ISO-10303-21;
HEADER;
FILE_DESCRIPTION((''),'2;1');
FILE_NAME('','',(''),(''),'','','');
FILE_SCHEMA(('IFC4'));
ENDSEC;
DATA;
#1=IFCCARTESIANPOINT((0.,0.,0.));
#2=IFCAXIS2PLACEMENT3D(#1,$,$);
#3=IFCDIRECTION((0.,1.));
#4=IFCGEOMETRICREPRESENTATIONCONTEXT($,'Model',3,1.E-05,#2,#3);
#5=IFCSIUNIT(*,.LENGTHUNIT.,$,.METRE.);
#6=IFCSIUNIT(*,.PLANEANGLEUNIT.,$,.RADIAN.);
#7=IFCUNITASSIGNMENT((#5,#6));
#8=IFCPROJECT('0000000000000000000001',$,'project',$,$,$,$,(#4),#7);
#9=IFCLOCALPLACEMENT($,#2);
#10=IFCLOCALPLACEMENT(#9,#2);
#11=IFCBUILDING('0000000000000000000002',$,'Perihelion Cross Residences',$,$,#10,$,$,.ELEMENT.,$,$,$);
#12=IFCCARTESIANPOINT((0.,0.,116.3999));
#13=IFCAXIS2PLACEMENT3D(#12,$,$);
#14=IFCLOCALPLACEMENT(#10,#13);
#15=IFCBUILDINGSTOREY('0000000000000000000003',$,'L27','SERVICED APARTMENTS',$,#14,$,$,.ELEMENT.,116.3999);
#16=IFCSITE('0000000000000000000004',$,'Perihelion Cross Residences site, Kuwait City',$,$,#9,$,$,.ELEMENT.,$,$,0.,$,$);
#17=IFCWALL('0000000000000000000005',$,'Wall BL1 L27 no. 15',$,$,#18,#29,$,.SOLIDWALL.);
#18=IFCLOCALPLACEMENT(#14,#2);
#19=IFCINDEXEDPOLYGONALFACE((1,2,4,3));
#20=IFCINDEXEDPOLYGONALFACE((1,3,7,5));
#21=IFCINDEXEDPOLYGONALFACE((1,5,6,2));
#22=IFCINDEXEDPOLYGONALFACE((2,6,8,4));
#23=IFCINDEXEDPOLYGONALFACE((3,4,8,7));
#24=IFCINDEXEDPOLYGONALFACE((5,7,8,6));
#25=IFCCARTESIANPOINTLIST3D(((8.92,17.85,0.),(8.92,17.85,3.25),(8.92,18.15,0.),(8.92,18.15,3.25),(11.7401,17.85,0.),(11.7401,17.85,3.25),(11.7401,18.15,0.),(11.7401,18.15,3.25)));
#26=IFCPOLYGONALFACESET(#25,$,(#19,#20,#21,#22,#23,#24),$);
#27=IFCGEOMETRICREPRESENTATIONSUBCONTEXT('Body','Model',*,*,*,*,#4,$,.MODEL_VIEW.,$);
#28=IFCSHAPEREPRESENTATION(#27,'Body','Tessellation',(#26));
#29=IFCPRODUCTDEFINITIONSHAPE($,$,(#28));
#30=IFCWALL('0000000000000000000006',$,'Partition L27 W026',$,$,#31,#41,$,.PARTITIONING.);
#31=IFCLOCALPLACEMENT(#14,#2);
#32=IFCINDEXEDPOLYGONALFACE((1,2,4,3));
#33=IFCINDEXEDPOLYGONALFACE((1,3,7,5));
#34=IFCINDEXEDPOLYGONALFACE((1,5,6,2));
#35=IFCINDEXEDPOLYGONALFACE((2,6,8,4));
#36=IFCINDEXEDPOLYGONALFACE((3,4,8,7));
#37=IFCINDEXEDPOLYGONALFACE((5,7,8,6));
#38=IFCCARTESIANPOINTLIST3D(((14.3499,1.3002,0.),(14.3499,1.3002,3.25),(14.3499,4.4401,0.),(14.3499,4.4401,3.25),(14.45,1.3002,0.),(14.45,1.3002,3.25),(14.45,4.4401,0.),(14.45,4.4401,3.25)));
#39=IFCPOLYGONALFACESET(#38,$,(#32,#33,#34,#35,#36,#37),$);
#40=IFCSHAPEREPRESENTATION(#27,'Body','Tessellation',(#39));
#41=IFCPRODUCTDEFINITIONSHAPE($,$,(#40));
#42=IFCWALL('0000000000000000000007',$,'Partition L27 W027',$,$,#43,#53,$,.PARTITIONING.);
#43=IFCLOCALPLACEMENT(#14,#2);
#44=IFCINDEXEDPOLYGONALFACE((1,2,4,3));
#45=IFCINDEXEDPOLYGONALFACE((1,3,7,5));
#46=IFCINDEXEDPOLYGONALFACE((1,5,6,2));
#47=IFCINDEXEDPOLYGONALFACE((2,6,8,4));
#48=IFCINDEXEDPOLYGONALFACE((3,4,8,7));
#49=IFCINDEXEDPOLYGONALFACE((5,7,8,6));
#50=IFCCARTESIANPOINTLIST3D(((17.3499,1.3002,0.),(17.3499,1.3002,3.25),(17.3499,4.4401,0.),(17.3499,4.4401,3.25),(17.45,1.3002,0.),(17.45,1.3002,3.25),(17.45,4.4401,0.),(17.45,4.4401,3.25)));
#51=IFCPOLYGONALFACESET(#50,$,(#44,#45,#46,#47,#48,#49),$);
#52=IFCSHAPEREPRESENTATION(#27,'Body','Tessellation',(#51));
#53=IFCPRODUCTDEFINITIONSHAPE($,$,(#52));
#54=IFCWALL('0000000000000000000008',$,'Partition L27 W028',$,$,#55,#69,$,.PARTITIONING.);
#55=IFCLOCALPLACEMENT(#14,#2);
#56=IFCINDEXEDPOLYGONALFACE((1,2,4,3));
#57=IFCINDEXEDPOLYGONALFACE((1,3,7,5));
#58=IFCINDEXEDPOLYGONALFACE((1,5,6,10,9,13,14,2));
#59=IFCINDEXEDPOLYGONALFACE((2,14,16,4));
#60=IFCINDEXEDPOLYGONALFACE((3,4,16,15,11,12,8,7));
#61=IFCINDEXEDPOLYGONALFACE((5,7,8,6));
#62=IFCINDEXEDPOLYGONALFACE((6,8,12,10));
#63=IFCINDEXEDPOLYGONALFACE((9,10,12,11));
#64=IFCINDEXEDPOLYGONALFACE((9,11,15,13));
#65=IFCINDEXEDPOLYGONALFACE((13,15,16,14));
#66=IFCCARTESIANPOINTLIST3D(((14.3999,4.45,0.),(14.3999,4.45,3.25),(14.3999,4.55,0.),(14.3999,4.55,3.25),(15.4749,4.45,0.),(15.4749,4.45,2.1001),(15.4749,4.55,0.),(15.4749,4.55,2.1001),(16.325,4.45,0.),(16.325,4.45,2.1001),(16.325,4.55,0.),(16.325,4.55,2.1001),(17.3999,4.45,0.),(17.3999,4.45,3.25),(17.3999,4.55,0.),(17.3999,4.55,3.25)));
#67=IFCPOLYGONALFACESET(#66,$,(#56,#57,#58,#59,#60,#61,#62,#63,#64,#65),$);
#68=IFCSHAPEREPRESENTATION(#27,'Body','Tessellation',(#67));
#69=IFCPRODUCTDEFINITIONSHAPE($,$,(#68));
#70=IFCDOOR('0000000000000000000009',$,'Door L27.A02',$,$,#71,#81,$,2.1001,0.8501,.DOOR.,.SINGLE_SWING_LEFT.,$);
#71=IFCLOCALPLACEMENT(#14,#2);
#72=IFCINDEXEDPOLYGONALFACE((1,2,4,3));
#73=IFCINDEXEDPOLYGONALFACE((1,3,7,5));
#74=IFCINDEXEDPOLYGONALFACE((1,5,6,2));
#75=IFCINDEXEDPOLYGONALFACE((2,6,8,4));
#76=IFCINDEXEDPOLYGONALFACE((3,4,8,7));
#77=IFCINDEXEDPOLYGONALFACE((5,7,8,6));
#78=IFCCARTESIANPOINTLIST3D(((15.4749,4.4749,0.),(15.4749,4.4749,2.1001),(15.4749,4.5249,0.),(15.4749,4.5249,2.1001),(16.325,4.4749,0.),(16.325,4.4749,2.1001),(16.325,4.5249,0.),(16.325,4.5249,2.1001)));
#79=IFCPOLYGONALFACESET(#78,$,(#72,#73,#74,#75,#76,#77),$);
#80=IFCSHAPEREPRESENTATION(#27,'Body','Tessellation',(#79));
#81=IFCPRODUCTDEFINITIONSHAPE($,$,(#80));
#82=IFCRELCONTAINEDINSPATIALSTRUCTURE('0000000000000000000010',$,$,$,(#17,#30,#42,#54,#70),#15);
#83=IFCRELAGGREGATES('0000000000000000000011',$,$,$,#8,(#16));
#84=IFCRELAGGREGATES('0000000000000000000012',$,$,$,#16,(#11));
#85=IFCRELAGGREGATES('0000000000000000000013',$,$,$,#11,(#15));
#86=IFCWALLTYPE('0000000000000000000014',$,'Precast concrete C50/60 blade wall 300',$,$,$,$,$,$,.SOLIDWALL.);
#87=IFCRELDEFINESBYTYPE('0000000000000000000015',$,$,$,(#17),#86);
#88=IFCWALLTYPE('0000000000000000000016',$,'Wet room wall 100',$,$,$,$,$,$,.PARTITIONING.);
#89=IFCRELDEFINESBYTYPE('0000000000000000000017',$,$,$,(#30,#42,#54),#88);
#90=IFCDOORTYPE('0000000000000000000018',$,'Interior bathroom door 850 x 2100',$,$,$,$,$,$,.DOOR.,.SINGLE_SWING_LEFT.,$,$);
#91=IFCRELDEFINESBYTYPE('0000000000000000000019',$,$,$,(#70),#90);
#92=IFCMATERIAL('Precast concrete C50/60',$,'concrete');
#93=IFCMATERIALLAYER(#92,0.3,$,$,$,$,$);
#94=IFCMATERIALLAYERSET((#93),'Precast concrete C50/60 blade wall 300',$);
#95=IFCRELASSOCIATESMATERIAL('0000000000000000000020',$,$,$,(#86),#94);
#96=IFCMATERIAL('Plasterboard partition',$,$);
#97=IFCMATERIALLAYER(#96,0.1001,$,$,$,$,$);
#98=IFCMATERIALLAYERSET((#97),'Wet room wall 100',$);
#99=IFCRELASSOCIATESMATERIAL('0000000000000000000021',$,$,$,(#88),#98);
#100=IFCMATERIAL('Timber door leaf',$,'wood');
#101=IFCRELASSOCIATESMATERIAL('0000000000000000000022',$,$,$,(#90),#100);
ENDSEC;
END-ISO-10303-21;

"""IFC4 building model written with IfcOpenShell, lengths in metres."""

from ifc_helpers import new_model, si_unit, direction, frame, frame_2d, origin, place, context, subcontext, project, spatial, rectangle, extrude, material, layer, layer_set, type_object, element, fill, save


model = new_model("IFC4")

# Units and contexts
model_context = context("Model", 3, precision=1e-05, world=origin(), true_north=direction((0.0, 1.0)))
body_context = subcontext(model_context, "Body", "Model", "MODEL_VIEW")
ifc_project = project(units=[si_unit("LENGTHUNIT", "METRE"), si_unit("PLANEANGLEUNIT", "RADIAN")], contexts=[model_context])

# Site, building, storey
site_placement = place(None, origin())
site = spatial("IfcSite", under=ifc_project, at=site_placement, Name="Perihelion Cross Residences site, Kuwait City", CompositionType="ELEMENT", RefElevation=0.0)
building_placement = place(site_placement, origin())
building = spatial("IfcBuilding", under=site, at=building_placement, Name="Perihelion Cross Residences", CompositionType="ELEMENT")
storey_placement = place(building_placement, frame((0.0, 0.0, 116.3999)))
storey = spatial("IfcBuildingStorey", under=building, at=storey_placement, Name="L27", Description="SERVICED APARTMENTS", CompositionType="ELEMENT", Elevation=116.3999)

# Walls
ifc_material_1 = material(Name="Precast concrete C50/60", Category="concrete")
ifc_layer_1 = layer(ifc_material_1, 0.3)
ifc_layer_set_1 = layer_set([ifc_layer_1], Name="Precast concrete C50/60 blade wall 300")
wall_type_1 = type_object("IfcWallType", Name="Precast concrete C50/60 blade wall 300", PredefinedType="SOLIDWALL", material=ifc_layer_set_1)
wall_1_placement = place(storey_placement, frame((8.9199, 18.0, 0.0), z_axis=(0.0, 0.0, 1.0), x_axis=(1.0, 0.0, 0.0)))
element("IfcWall", 1, at=wall_1_placement, inside=storey, type_object=wall_type_1, Name="Wall BL1 L27 no. 15", PredefinedType="SOLIDWALL", context=body_context, shape_type="SweptSolid", body=[
    extrude(rectangle(XDim=2.8201, YDim=0.3, at=frame_2d((1.4102, 0.0))), origin(), (0.0, 0.0, 1.0), 3.25),
])
ifc_material_2 = material(Name="Plasterboard partition")
ifc_layer_2 = layer(ifc_material_2, 0.1001)
ifc_layer_set_2 = layer_set([ifc_layer_2], Name="Wet room wall 100")
wall_type_2 = type_object("IfcWallType", Name="Wet room wall 100", PredefinedType="PARTITIONING", material=ifc_layer_set_2)
for number, where, z_axis, x_axis, name in (
    (2, (14.3999, 4.4399, 0.0), (0.0, 0.0, 1.0), (0.0, -1.0, 0.0), "Partition L27 W026"),
    (3, (17.3999, 4.4399, 0.0), (0.0, 0.0, 1.0), (0.0, -1.0, 0.0), "Partition L27 W027"),
):
    element("IfcWall", number, at=place(storey_placement, frame(where, z_axis=z_axis, x_axis=x_axis)), inside=storey, type_object=wall_type_2, Name=name, PredefinedType="PARTITIONING", context=body_context, shape_type="SweptSolid", body=[
        extrude(rectangle(XDim=3.1399, YDim=0.1001, at=frame_2d((1.5698, 0.0))), origin(), (0.0, 0.0, 1.0), 3.25),
    ])

# Wall, opening, door
wall_2_placement = place(storey_placement, frame((14.3999, 4.5, 0.0), z_axis=(0.0, 0.0, 1.0), x_axis=(1.0, 0.0, 0.0)))
wall_2 = element("IfcWall", 4, at=wall_2_placement, inside=storey, type_object=wall_type_2, Name="Partition L27 W028", PredefinedType="PARTITIONING", context=body_context, shape_type="SweptSolid", body=[
    extrude(rectangle(XDim=3.0, YDim=0.1001, at=frame_2d((1.5, 0.0))), origin(), (0.0, 0.0, 1.0), 3.25),
])
opening_1_placement = place(wall_2_placement, frame((1.075, 0.0, 0.0)))
opening_1 = element("IfcOpeningElement", 5, at=opening_1_placement, cuts=wall_2, PredefinedType="OPENING", context=body_context, shape_type="SweptSolid", body=[
    extrude(rectangle(XDim=0.8501, YDim=2.1001, at=frame_2d((0.425, 1.05))), frame((0.0, 0.0601, 0.0), z_axis=(0.0, -1.0, 0.0), x_axis=(1.0, 0.0, 0.0)), (0.0, 0.0, 1.0), 0.1201),
])
ifc_material_3 = material(Name="Timber door leaf", Category="wood")
door_type_1 = type_object("IfcDoorType", Name="Interior bathroom door 850 x 2100", OperationType="SINGLE_SWING_LEFT", PredefinedType="DOOR", material=ifc_material_3)
door_1_placement = place(opening_1_placement, origin())
door_1 = element("IfcDoor", 6, at=door_1_placement, inside=storey, type_object=door_type_1, Name="Door L27.A02", OperationType="SINGLE_SWING_LEFT", OverallHeight=2.1001, OverallWidth=0.8501, PredefinedType="DOOR", context=body_context, shape_type="SweptSolid", body=[
    extrude(rectangle(XDim=0.8501, YDim=2.1001, at=frame_2d((0.425, 1.05))), frame((0.0, 0.0249, 0.0), z_axis=(0.0, -1.0, 0.0), x_axis=(1.0, 0.0, 0.0)), (0.0, 0.0, 1.0), 0.05),
])
fill(opening_1, door_1)

save(model, "model.ifc")
